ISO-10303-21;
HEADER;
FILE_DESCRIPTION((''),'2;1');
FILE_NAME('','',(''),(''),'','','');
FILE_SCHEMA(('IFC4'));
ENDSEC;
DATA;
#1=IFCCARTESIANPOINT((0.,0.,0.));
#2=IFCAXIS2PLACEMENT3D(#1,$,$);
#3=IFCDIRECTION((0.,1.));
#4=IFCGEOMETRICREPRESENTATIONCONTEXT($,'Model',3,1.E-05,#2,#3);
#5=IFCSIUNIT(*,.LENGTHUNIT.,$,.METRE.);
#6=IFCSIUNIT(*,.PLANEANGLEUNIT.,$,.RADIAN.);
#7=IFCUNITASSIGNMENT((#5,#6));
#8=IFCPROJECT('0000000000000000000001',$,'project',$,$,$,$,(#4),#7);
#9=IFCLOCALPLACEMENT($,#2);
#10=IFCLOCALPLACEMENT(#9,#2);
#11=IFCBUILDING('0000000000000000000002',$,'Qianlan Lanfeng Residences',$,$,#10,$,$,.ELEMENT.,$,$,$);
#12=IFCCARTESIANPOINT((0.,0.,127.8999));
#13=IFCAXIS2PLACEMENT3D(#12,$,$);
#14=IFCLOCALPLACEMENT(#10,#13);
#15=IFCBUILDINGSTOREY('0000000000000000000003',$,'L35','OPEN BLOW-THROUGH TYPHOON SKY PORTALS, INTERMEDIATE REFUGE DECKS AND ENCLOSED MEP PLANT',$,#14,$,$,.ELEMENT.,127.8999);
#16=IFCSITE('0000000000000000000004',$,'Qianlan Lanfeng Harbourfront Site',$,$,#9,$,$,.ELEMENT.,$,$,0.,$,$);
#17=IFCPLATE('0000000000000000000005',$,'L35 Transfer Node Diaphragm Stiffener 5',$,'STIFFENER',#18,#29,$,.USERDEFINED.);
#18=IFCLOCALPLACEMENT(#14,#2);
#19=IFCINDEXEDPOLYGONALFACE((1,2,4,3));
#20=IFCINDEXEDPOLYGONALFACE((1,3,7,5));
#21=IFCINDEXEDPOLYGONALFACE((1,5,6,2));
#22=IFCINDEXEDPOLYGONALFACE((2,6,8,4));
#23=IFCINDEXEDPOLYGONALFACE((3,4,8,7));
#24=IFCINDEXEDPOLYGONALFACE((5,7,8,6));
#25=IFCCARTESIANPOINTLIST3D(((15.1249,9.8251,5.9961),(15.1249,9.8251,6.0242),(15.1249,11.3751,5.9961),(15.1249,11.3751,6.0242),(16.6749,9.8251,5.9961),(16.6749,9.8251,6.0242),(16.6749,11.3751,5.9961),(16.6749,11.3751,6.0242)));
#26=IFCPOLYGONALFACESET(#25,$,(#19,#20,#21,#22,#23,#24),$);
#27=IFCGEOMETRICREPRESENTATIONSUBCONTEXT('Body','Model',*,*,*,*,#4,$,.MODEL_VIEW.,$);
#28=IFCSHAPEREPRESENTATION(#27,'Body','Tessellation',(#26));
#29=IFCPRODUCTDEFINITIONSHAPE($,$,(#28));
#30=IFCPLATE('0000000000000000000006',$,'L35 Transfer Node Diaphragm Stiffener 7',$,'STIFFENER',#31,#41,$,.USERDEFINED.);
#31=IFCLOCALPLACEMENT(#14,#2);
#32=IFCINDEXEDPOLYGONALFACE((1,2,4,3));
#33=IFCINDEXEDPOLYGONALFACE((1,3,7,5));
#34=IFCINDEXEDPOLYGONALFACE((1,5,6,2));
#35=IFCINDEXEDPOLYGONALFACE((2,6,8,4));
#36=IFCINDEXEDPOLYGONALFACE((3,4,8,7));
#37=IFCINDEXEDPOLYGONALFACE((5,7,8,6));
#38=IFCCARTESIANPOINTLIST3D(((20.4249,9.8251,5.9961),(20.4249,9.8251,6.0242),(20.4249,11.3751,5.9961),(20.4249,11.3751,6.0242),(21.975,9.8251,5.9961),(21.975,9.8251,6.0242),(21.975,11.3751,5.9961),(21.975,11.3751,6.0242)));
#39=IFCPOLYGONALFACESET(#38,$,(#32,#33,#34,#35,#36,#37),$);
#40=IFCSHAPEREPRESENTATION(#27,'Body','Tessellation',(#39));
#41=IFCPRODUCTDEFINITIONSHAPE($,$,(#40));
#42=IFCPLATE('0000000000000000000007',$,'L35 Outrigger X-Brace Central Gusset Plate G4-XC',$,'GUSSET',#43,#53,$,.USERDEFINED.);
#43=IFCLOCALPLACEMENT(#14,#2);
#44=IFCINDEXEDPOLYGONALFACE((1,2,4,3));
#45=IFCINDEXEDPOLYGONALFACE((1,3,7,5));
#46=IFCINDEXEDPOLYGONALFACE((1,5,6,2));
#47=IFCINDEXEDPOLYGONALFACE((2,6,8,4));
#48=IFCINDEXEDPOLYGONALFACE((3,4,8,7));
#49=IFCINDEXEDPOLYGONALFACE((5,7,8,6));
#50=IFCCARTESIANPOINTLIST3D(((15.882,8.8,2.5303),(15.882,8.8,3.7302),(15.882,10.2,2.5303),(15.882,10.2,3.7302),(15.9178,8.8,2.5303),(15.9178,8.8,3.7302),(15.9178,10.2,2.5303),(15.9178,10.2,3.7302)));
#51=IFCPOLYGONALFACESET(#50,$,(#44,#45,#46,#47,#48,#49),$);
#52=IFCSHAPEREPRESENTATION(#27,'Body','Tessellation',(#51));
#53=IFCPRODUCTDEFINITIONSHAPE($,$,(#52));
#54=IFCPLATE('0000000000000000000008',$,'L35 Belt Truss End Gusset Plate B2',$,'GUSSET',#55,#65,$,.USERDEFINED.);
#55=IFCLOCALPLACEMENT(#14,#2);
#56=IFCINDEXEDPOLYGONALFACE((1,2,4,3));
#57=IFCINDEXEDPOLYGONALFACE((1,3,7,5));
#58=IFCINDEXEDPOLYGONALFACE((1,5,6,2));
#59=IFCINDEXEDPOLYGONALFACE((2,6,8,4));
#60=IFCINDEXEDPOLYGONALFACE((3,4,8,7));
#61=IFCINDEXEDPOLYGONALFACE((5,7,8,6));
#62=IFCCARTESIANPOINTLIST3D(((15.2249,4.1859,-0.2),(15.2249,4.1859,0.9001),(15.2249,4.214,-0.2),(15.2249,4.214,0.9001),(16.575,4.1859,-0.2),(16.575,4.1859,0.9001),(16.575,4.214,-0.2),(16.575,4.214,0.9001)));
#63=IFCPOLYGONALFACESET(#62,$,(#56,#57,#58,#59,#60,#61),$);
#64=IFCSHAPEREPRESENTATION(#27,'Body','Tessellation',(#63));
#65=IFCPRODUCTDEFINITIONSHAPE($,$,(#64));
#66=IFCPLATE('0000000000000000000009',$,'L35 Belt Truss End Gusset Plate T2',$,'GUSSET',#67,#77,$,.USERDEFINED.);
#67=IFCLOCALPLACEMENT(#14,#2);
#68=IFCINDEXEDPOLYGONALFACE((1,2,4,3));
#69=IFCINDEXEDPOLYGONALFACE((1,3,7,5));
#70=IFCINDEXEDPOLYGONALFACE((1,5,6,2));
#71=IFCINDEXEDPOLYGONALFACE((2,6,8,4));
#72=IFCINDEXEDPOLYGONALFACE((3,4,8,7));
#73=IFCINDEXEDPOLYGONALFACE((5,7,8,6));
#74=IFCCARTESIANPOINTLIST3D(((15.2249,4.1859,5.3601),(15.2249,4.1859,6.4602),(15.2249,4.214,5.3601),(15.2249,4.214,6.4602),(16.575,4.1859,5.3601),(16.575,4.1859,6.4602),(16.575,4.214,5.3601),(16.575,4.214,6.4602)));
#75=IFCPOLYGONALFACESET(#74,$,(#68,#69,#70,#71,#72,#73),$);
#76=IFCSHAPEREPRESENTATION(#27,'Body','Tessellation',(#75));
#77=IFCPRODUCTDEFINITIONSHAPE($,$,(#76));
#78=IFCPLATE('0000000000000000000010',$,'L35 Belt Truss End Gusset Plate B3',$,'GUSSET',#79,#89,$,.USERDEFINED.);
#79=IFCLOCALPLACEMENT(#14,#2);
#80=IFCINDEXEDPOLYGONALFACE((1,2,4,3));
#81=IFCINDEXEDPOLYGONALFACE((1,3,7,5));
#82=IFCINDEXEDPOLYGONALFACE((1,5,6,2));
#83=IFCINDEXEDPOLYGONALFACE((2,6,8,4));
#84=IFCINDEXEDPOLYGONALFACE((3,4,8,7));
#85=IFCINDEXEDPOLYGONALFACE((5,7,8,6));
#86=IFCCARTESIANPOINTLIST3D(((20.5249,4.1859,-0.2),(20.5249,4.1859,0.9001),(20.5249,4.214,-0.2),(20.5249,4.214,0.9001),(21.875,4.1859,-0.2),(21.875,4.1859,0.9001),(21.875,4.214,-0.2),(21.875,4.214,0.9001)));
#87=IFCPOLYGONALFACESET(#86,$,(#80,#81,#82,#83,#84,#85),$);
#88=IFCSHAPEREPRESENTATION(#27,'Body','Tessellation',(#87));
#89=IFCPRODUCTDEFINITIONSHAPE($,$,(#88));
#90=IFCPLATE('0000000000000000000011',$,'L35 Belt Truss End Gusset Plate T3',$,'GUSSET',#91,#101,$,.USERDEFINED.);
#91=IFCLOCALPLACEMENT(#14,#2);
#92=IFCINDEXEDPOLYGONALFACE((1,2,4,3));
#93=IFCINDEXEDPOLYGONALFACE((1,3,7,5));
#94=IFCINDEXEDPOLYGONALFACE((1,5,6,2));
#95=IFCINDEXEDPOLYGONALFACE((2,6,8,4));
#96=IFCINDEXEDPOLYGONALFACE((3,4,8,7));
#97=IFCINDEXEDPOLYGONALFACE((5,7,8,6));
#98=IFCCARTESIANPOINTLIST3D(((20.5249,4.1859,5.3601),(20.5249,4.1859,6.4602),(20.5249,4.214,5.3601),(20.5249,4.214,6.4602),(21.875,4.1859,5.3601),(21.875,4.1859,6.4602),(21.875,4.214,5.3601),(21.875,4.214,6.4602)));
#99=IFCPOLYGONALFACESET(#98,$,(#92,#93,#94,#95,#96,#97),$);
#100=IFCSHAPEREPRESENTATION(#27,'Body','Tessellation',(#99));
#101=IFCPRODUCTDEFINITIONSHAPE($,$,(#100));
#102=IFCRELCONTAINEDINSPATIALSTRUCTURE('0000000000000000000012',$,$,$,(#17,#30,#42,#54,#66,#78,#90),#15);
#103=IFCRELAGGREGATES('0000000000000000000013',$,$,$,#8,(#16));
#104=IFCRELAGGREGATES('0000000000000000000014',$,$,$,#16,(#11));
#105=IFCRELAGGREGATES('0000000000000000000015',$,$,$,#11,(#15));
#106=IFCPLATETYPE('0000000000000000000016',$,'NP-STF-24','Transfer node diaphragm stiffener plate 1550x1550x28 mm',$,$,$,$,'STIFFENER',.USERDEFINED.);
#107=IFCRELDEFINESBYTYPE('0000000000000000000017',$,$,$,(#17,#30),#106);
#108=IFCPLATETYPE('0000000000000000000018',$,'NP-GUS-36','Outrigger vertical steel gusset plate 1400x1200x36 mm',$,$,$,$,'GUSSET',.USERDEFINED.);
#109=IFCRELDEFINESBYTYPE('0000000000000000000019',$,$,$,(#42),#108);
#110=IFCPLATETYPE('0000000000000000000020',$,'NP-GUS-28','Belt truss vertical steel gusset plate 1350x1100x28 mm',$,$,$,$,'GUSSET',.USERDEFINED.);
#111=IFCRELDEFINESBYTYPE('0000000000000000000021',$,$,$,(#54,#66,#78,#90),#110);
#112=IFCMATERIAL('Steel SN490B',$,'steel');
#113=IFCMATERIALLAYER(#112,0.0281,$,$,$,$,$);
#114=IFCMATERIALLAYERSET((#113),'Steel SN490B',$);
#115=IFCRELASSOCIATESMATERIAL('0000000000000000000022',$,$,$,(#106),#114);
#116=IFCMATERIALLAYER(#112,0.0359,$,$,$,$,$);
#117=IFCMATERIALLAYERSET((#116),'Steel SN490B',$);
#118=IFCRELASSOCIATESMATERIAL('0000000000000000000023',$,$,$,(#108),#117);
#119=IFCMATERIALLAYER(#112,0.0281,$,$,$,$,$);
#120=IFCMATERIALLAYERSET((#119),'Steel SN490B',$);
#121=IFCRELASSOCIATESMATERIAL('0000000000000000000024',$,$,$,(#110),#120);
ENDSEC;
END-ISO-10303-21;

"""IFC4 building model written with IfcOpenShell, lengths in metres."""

from ifc_helpers import new_model, si_unit, direction, frame, origin, origin_2d, place, context, subcontext, project, spatial, rectangle, extrude, source, transform, mapped, material, layer, layer_set, type_object, element, save


model = new_model("IFC4")

# Units and contexts
model_context = context("Model", 3, precision=1e-05, world=origin(), true_north=direction((0.0, 1.0)))
body_context = subcontext(model_context, "Body", "Model", "MODEL_VIEW")
ifc_project = project(units=[si_unit("LENGTHUNIT", "METRE"), si_unit("PLANEANGLEUNIT", "RADIAN")], contexts=[model_context])

# Site, building, storey
site_placement = place(None, origin())
site = spatial("IfcSite", under=ifc_project, at=site_placement, Name="Qianlan Lanfeng Harbourfront Site", CompositionType="ELEMENT", RefElevation=0.0)
building_placement = place(site_placement, origin())
building = spatial("IfcBuilding", under=site, at=building_placement, Name="Qianlan Lanfeng Residences", CompositionType="ELEMENT")
storey_placement = place(building_placement, frame((0.0, 0.0, 127.8999)))
storey = spatial("IfcBuildingStorey", under=building, at=storey_placement, Name="L35", Description="OPEN BLOW-THROUGH TYPHOON SKY PORTALS, INTERMEDIATE REFUGE DECKS AND ENCLOSED MEP PLANT", CompositionType="ELEMENT", Elevation=127.8999)

# Shared definitions
ifc_material_1 = material(Name="Steel SN490B", Category="steel")

# Plates
ifc_layer_1 = layer(ifc_material_1, 0.0281)
ifc_layer_set_1 = layer_set([ifc_layer_1], Name="Steel SN490B")
plate_type_1 = type_object("IfcPlateType", Name="NP-STF-24", Description="Transfer node diaphragm stiffener plate 1550x1550x28 mm", ElementType="STIFFENER", PredefinedType="USERDEFINED", material=ifc_layer_set_1)
shared_shape_1 = source(origin(), body_context, "Body", "SweptSolid", [
    extrude(rectangle(XDim=1.55, YDim=1.55, at=origin_2d()), origin(), (0.0, 0.0, 1.0), 0.0281),
])
for number, where, z_axis, x_axis, name in (
    (1, (15.8999, 10.6001, 5.9961), (0.0, 0.0, 1.0), (1.0, 0.0, 0.0), "L35 Transfer Node Diaphragm Stiffener 5"),
    (2, (21.2, 10.6001, 5.9961), (0.0, 0.0, 1.0), (1.0, 0.0, 0.0), "L35 Transfer Node Diaphragm Stiffener 7"),
):
    element("IfcPlate", number, at=place(storey_placement, frame(where, z_axis=z_axis, x_axis=x_axis)), inside=storey, type_object=plate_type_1, Name=name, ObjectType="STIFFENER", PredefinedType="USERDEFINED", context=body_context, shape_type="MappedRepresentation", body=[
        mapped(shared_shape_1, transform((0.0, 0.0, 0.0), scale=1.0)),
    ])
ifc_layer_2 = layer(ifc_material_1, 0.0359)
ifc_layer_set_2 = layer_set([ifc_layer_2], Name="Steel SN490B")
plate_type_2 = type_object("IfcPlateType", Name="NP-GUS-36", Description="Outrigger vertical steel gusset plate 1400x1200x36 mm", ElementType="GUSSET", PredefinedType="USERDEFINED", material=ifc_layer_set_2)
shared_shape_2 = source(origin(), body_context, "Body", "SweptSolid", [
    extrude(rectangle(XDim=0.0359, YDim=1.3999, at=origin_2d()), origin(), (0.0, 0.0, 1.0), 1.2),
])
plate_placement = place(storey_placement, frame((15.8999, 9.5, 2.5303), z_axis=(0.0, 0.0, 1.0), x_axis=(1.0, 0.0, 0.0)))
element("IfcPlate", 3, at=plate_placement, inside=storey, type_object=plate_type_2, Name="L35 Outrigger X-Brace Central Gusset Plate G4-XC", ObjectType="GUSSET", PredefinedType="USERDEFINED", context=body_context, shape_type="MappedRepresentation", body=[
    mapped(shared_shape_2, transform((0.0, 0.0, 0.0), scale=1.0)),
])
ifc_layer_3 = layer(ifc_material_1, 0.0281)
ifc_layer_set_3 = layer_set([ifc_layer_3], Name="Steel SN490B")
plate_type_3 = type_object("IfcPlateType", Name="NP-GUS-28", Description="Belt truss vertical steel gusset plate 1350x1100x28 mm", ElementType="GUSSET", PredefinedType="USERDEFINED", material=ifc_layer_set_3)
shared_shape_3 = source(origin(), body_context, "Body", "SweptSolid", [
    extrude(rectangle(XDim=1.3501, YDim=0.0281, at=origin_2d()), origin(), (0.0, 0.0, 1.0), 1.1001),
])
for number, where, z_axis, x_axis, name in (
    (4, (15.8999, 4.2, -0.2), (0.0, 0.0, 1.0), (1.0, 0.0, 0.0), "L35 Belt Truss End Gusset Plate B2"),
    (5, (15.8999, 4.2, 5.3601), (0.0, 0.0, 1.0), (1.0, 0.0, 0.0), "L35 Belt Truss End Gusset Plate T2"),
    (6, (21.2, 4.2, -0.2), (0.0, 0.0, 1.0), (1.0, 0.0, 0.0), "L35 Belt Truss End Gusset Plate B3"),
    (7, (21.2, 4.2, 5.3601), (0.0, 0.0, 1.0), (1.0, 0.0, 0.0), "L35 Belt Truss End Gusset Plate T3"),
):
    element("IfcPlate", number, at=place(storey_placement, frame(where, z_axis=z_axis, x_axis=x_axis)), inside=storey, type_object=plate_type_3, Name=name, ObjectType="GUSSET", PredefinedType="USERDEFINED", context=body_context, shape_type="MappedRepresentation", body=[
        mapped(shared_shape_3, transform((0.0, 0.0, 0.0), scale=1.0)),
    ])

save(model, "model.ifc")
